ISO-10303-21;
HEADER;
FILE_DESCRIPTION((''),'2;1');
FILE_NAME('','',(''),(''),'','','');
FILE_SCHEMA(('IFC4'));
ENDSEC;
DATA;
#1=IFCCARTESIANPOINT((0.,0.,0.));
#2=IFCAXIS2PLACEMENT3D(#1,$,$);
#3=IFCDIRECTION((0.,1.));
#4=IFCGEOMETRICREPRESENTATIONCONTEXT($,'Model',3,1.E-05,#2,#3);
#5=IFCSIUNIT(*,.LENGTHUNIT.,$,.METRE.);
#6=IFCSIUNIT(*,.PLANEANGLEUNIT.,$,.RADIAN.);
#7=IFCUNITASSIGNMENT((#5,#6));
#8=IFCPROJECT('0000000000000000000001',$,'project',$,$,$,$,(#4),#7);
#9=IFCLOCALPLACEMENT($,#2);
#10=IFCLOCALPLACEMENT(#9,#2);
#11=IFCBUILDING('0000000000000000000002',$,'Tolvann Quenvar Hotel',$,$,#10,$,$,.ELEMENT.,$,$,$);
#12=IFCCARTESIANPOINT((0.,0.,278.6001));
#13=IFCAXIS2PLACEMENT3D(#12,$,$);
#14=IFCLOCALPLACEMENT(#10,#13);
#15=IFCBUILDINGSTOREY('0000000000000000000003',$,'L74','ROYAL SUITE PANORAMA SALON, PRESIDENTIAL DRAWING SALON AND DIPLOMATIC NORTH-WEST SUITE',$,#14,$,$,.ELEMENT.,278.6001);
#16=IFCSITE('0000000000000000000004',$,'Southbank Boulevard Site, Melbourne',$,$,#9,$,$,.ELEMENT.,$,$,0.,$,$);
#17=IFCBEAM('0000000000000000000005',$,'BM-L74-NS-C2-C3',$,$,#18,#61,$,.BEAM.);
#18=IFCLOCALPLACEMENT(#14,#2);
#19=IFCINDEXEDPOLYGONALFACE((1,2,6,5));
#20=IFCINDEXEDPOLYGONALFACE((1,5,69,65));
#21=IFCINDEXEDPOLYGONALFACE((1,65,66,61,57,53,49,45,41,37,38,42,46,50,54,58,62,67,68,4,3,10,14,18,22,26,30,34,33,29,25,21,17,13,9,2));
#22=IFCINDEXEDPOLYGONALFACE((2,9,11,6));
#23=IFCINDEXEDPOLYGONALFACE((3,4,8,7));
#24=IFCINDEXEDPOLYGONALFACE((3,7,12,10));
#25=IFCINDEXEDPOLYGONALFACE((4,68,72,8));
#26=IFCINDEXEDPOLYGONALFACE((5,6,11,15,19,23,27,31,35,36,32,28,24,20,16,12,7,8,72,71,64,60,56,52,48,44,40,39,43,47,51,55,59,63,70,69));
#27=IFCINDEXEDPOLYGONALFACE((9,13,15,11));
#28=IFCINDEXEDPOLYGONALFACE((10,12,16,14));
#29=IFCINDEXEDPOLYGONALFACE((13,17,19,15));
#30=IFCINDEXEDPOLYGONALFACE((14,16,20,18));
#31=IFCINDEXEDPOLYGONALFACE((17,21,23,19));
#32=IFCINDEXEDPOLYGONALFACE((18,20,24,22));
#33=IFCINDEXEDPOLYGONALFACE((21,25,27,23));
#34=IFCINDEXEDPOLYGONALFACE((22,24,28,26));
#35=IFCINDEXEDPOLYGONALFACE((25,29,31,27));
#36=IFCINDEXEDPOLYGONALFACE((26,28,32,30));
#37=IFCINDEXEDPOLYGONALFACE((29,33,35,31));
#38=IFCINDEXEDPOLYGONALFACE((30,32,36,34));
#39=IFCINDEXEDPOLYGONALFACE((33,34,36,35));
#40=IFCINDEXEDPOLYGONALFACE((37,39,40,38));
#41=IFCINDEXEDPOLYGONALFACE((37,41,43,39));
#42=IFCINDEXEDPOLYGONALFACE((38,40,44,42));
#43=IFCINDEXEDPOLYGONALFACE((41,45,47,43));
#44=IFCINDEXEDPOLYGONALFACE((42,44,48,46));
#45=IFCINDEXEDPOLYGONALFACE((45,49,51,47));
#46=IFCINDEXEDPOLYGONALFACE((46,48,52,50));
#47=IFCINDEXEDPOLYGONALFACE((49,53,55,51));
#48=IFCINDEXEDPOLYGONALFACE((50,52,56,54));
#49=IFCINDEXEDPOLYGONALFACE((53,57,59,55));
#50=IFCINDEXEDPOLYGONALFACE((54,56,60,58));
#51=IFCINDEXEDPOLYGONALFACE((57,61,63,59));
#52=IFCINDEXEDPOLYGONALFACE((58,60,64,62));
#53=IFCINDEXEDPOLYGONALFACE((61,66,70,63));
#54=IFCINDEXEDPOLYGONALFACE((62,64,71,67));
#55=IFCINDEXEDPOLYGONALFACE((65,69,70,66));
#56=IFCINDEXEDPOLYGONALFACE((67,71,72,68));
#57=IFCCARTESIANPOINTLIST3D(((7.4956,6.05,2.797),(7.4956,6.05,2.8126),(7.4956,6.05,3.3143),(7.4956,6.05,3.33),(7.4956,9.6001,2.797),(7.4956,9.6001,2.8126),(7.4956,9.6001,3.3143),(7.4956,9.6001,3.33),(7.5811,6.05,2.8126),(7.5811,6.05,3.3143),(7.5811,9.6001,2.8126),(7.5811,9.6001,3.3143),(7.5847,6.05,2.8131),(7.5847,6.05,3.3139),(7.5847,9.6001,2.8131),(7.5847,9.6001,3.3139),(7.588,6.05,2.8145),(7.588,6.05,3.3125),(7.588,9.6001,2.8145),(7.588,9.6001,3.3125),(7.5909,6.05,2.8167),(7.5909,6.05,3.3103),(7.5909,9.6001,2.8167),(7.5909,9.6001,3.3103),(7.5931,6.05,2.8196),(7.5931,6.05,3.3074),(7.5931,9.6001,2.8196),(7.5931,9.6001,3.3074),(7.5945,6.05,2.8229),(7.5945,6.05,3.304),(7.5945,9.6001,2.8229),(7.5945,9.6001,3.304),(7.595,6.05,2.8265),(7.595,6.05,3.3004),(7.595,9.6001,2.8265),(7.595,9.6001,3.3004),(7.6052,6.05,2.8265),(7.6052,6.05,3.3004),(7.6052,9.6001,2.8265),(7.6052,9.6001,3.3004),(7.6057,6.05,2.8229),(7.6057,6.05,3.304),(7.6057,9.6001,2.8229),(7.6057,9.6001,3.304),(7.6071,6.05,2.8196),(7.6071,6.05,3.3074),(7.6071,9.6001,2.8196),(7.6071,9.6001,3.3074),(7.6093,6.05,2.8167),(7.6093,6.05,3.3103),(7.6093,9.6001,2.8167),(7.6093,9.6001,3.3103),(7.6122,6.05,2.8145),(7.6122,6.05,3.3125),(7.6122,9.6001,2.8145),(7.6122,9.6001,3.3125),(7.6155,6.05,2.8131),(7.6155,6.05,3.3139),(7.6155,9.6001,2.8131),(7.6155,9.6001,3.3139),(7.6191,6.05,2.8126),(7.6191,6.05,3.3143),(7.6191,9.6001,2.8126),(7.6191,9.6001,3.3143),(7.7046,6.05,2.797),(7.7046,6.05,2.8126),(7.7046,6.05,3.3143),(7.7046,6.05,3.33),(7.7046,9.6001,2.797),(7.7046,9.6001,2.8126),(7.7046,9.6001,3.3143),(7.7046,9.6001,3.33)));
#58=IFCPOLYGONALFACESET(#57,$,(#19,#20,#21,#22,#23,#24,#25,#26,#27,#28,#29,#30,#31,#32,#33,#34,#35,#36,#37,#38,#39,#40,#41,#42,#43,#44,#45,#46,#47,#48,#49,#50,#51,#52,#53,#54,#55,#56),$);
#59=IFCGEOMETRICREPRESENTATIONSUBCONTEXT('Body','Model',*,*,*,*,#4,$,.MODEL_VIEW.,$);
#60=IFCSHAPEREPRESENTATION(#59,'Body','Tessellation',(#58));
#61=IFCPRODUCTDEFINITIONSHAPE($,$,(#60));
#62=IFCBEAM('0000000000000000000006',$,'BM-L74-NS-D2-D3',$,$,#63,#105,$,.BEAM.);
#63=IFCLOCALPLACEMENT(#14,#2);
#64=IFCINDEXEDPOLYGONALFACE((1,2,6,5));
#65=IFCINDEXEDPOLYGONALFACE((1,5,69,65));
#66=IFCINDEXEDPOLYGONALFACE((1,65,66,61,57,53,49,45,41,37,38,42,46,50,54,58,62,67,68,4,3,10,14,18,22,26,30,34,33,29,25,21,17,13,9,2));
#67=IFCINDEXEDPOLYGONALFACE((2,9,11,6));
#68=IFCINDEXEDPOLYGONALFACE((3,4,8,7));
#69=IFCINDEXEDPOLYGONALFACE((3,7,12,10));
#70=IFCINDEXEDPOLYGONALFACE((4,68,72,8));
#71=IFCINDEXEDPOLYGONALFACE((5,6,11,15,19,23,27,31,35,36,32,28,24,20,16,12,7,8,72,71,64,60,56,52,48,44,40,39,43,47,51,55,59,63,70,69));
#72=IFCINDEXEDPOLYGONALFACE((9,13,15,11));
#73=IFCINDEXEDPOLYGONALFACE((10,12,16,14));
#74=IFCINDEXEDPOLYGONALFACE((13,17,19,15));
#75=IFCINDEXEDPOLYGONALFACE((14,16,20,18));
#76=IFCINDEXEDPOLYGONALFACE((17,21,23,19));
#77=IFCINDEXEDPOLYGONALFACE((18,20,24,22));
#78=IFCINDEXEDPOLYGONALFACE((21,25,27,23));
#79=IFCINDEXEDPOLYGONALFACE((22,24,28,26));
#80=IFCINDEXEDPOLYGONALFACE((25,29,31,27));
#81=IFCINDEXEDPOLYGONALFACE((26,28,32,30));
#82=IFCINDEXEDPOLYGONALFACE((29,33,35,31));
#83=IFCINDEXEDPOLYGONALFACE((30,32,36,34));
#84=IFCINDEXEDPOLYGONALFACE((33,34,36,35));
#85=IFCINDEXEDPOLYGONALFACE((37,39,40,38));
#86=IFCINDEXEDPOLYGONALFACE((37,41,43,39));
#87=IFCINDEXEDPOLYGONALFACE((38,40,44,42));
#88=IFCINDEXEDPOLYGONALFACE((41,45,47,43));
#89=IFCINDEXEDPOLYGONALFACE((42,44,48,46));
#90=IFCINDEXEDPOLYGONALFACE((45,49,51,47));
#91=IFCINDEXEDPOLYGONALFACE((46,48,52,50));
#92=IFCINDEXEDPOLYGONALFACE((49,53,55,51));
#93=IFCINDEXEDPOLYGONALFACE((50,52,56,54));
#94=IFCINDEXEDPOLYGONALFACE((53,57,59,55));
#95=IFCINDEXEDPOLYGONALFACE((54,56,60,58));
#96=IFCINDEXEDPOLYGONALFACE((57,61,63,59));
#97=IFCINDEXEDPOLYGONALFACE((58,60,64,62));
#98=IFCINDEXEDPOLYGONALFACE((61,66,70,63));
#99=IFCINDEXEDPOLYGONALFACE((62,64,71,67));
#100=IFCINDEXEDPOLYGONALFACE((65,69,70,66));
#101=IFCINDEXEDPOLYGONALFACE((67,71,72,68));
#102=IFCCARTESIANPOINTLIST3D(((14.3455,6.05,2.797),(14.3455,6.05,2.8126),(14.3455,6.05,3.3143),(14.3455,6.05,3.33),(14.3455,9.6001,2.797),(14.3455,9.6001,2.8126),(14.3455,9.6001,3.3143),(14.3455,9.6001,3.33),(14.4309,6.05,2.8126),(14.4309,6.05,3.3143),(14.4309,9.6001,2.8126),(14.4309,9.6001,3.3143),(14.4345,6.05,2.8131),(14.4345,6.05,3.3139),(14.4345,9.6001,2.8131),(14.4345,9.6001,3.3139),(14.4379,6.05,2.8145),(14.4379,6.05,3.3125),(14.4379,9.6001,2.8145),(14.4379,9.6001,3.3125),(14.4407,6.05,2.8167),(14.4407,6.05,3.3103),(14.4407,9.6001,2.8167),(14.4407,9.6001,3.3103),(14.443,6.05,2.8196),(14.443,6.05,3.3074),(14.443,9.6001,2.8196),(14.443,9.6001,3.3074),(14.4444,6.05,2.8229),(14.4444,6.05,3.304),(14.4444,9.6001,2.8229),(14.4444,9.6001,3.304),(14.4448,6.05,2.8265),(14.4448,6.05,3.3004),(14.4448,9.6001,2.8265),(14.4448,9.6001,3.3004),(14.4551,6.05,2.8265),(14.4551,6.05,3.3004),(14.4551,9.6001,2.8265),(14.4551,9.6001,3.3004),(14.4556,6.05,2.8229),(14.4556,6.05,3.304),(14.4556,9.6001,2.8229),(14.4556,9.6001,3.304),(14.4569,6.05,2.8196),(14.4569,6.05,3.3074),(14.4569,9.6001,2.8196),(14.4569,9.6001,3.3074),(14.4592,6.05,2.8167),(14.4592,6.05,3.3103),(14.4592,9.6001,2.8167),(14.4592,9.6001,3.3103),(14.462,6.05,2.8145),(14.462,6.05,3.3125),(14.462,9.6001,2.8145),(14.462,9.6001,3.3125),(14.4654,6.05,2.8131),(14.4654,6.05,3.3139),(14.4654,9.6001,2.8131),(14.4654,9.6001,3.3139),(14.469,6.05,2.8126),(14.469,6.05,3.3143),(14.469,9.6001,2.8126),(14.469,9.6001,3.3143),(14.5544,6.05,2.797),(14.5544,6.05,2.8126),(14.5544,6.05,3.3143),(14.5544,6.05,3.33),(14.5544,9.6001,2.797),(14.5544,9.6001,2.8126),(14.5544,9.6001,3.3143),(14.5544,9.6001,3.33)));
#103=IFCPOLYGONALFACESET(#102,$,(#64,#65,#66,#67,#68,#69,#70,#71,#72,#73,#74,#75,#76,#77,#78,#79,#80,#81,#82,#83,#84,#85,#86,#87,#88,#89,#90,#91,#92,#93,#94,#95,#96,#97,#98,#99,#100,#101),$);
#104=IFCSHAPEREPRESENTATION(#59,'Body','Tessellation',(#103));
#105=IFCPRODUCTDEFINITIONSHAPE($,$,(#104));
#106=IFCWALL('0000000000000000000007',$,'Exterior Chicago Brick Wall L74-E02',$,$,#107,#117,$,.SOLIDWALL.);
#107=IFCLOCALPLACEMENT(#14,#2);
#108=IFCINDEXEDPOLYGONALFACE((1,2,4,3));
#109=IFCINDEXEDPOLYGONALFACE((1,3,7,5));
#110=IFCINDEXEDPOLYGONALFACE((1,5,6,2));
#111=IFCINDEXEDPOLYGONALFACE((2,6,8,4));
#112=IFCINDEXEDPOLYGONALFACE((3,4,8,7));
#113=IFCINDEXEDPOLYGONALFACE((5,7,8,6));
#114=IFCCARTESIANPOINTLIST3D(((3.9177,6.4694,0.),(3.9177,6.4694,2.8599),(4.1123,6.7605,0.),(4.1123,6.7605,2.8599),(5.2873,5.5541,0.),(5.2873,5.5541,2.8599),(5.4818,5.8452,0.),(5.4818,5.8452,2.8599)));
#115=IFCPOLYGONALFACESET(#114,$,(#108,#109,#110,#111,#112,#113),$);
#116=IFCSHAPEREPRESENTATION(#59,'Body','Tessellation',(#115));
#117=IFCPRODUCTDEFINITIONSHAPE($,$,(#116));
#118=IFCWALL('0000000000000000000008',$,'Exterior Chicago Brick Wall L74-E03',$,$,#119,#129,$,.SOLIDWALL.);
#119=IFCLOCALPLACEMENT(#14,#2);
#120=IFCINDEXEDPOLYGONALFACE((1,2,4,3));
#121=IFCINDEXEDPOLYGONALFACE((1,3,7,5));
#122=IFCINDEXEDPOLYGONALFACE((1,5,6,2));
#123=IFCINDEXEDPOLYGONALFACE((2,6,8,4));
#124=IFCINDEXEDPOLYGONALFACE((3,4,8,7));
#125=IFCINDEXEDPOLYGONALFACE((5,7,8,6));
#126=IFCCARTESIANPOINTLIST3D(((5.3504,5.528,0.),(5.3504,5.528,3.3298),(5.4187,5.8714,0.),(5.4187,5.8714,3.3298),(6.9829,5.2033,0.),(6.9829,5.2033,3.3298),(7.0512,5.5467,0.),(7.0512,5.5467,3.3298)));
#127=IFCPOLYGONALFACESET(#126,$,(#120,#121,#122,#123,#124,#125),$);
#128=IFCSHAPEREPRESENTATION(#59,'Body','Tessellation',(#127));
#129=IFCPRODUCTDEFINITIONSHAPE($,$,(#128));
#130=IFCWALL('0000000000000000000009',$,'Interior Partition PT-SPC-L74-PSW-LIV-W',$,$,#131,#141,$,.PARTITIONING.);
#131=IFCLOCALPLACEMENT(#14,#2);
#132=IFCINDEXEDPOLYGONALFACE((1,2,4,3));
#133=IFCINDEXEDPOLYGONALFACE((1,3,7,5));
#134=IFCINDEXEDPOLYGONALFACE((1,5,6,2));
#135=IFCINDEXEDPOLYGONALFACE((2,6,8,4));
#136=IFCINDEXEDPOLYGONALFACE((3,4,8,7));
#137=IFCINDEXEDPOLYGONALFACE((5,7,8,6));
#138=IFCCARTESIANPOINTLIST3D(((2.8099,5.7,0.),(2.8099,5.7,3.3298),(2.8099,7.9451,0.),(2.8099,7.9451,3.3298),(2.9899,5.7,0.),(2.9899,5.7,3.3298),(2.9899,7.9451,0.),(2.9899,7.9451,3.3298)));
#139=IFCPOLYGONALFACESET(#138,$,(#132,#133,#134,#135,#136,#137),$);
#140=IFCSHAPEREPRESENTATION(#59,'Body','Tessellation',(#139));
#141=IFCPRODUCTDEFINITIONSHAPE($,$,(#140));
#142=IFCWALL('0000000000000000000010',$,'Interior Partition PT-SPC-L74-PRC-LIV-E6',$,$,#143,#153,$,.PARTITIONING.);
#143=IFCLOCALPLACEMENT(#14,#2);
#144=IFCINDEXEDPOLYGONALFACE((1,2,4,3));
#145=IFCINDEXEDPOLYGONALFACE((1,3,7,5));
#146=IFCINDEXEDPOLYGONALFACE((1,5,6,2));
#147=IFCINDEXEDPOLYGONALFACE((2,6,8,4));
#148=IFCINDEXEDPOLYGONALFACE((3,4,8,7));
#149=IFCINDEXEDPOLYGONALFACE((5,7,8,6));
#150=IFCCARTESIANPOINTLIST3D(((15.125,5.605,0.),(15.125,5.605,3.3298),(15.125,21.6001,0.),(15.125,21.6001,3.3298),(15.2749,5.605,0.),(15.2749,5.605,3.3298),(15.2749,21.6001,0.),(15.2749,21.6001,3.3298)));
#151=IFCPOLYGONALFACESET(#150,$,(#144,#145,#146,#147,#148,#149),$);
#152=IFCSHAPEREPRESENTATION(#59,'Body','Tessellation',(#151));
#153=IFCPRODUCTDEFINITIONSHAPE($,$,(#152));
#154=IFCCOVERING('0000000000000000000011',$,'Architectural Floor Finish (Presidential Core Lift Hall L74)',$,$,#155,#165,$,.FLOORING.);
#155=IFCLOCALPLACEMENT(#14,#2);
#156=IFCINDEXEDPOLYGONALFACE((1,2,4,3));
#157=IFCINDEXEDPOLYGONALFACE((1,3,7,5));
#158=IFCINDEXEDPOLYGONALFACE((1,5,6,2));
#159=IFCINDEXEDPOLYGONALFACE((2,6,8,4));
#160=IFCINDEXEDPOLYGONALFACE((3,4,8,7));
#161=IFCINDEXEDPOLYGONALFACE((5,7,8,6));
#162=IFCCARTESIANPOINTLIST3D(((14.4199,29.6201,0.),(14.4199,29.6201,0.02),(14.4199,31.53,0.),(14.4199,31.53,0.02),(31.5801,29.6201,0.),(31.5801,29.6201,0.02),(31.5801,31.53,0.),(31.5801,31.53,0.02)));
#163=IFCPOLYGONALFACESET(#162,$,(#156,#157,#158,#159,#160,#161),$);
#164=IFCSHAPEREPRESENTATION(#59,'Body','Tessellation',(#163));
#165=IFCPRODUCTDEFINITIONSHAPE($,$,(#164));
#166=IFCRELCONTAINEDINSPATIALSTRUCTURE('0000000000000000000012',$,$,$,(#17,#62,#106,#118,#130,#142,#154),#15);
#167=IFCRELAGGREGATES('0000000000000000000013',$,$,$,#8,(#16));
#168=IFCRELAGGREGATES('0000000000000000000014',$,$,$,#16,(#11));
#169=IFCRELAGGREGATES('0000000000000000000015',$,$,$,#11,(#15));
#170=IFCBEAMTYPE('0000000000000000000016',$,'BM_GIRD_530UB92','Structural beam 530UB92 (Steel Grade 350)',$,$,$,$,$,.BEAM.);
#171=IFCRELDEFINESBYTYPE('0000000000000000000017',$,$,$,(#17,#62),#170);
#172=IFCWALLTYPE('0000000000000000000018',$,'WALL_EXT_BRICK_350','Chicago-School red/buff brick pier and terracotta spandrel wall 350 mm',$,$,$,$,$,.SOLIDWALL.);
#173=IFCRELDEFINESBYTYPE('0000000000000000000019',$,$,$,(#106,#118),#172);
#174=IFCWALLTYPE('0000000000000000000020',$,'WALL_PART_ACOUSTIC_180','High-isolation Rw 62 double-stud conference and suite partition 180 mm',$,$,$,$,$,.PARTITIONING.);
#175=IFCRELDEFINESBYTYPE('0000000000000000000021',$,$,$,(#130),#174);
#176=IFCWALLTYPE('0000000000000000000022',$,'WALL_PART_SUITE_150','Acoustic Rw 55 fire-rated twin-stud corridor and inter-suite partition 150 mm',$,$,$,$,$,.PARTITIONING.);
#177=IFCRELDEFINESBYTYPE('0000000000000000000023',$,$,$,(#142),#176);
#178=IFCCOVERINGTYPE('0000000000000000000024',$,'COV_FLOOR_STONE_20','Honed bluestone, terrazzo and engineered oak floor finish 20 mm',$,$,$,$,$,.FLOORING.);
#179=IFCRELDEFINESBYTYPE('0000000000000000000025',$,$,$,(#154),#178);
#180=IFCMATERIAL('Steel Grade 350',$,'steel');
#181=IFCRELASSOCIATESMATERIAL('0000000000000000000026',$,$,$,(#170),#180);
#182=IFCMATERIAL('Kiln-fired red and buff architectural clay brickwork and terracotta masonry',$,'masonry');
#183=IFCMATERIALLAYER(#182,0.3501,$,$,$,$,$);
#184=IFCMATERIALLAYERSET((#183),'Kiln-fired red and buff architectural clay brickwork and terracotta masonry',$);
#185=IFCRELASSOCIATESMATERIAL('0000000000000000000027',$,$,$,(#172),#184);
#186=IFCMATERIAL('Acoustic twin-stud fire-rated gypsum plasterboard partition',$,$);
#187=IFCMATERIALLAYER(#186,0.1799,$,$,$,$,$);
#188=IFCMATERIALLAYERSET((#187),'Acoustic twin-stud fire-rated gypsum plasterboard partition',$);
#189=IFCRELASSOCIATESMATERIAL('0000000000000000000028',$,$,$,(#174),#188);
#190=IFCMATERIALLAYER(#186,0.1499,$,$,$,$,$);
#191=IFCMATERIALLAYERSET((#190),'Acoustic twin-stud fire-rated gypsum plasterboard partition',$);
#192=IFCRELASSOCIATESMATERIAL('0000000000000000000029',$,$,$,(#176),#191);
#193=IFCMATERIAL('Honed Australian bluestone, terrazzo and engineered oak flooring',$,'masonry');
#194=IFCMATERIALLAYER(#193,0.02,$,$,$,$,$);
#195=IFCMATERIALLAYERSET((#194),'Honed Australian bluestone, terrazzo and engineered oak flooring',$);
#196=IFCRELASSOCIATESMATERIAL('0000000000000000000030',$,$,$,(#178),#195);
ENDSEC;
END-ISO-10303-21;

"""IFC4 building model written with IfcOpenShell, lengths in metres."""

from ifc_helpers import new_model, si_unit, direction, frame, frame_2d, origin, origin_2d, place, context, subcontext, project, spatial, polyline, rectangle, i_section, outline, extrude, source, transform, mapped, material, layer, layer_set, material_profile, profile_set, type_object, type_shapes, element, save


model = new_model("IFC4")

# Units and contexts
model_context = context("Model", 3, precision=1e-05, world=origin(), true_north=direction((0.0, 1.0)))
body_context = subcontext(model_context, "Body", "Model", "MODEL_VIEW")
ifc_project = project(units=[si_unit("LENGTHUNIT", "METRE"), si_unit("PLANEANGLEUNIT", "RADIAN")], contexts=[model_context])

# Site, building, storey
site_placement = place(None, origin())
site = spatial("IfcSite", under=ifc_project, at=site_placement, Name="Southbank Boulevard Site, Melbourne", CompositionType="ELEMENT", RefElevation=0.0)
building_placement = place(site_placement, origin())
building = spatial("IfcBuilding", under=site, at=building_placement, Name="Tolvann Quenvar Hotel", CompositionType="ELEMENT")
storey_placement = place(building_placement, frame((0.0, 0.0, 278.6001)))
storey = spatial("IfcBuildingStorey", under=building, at=storey_placement, Name="L74", Description="ROYAL SUITE PANORAMA SALON, PRESIDENTIAL DRAWING SALON AND DIPLOMATIC NORTH-WEST SUITE", CompositionType="ELEMENT", Elevation=278.6001)

# Shared definitions
ifc_material_1 = material(Name="Steel Grade 350", Category="steel")

# Beams
ifc_material_profile_1 = material_profile(ifc_material_1, i_section(OverallWidth=0.209, OverallDepth=0.533, WebThickness=0.0103, FlangeThickness=0.0156, FilletRadius=0.0139, at=origin_2d()), Name="530UB92")
ifc_profile_set_1 = profile_set([ifc_material_profile_1], Name="Steel Grade 350")
beam_type_1 = type_object("IfcBeamType", Name="BM_GIRD_530UB92", Description="Structural beam 530UB92 (Steel Grade 350)", PredefinedType="BEAM", material=ifc_profile_set_1)
shared_shape_1 = source(origin(), body_context, "Body", "SweptSolid", [
    extrude(i_section(OverallWidth=0.209, OverallDepth=0.533, WebThickness=0.0103, FlangeThickness=0.0156, FilletRadius=0.0139, at=origin_2d()), origin(), (0.0, 0.0, 1.0), 3.55),
])
type_shapes(beam_type_1, [shared_shape_1])
for number, where, z_axis, x_axis, name in (
    (1, (7.6001, 6.05, 3.0635), (0.0, 1.0, 0.0), (-1.0, 0.0, 0.0), "BM-L74-NS-C2-C3"),
    (2, (14.45, 6.05, 3.0635), (0.0, 1.0, 0.0), (-1.0, 0.0, 0.0), "BM-L74-NS-D2-D3"),
):
    element("IfcBeam", number, at=place(storey_placement, frame(where, z_axis=z_axis, x_axis=x_axis)), inside=storey, type_object=beam_type_1, Name=name, PredefinedType="BEAM", context=body_context, shape_type="MappedRepresentation", body=[
        mapped(shared_shape_1, transform((0.0, 0.0, 0.0), x_axis=(1.0, 0.0, 0.0), y_axis=(0.0, 1.0, 0.0), z_axis=(0.0, 0.0, 1.0), scale=1.0)),
    ])

# Walls
ifc_material_2 = material(Name="Kiln-fired red and buff architectural clay brickwork and terracotta masonry", Category="masonry")
ifc_layer_1 = layer(ifc_material_2, 0.3501)
ifc_layer_set_1 = layer_set([ifc_layer_1], Name="Kiln-fired red and buff architectural clay brickwork and terracotta masonry")
wall_type_1 = type_object("IfcWallType", Name="WALL_EXT_BRICK_350", Description="Chicago-School red/buff brick pier and terracotta spandrel wall 350 mm", PredefinedType="SOLIDWALL", material=ifc_layer_set_1)
wall_1_placement = place(storey_placement, frame((4.0149, 6.615, 0.0), z_axis=(0.0, 0.0, 1.0), x_axis=(0.831434, -0.555623, 0.0)))
element("IfcWall", 3, at=wall_1_placement, inside=storey, type_object=wall_type_1, Name="Exterior Chicago Brick Wall L74-E02", PredefinedType="SOLIDWALL", context=body_context, shape_type="SweptSolid", body=[
    extrude(rectangle(XDim=1.6472, YDim=0.3501, at=frame_2d((0.8237, 0.0))), origin(), (0.0, 0.0, 1.0), 2.8599),
])
wall_2_placement = place(storey_placement, frame((5.3845, 5.6997, 0.0), z_axis=(0.0, 0.0, 1.0), x_axis=(0.980789, -0.195072, 0.0)))
element("IfcWall", 4, at=wall_2_placement, inside=storey, type_object=wall_type_1, Name="Exterior Chicago Brick Wall L74-E03", PredefinedType="SOLIDWALL", context=body_context, shape_type="SweptSolid", body=[
    extrude(rectangle(XDim=1.6646, YDim=0.3501, at=frame_2d((0.8323, 0.0))), origin(), (0.0, 0.0, 1.0), 3.3298),
])

# Wall
ifc_material_3 = material(Name="Acoustic twin-stud fire-rated gypsum plasterboard partition")
ifc_layer_2 = layer(ifc_material_3, 0.1799)
ifc_layer_set_2 = layer_set([ifc_layer_2], Name="Acoustic twin-stud fire-rated gypsum plasterboard partition")
wall_type_2 = type_object("IfcWallType", Name="WALL_PART_ACOUSTIC_180", Description="High-isolation Rw 62 double-stud conference and suite partition 180 mm", PredefinedType="PARTITIONING", material=ifc_layer_set_2)
wall_3_placement = place(storey_placement, frame((2.8999, 5.7, 0.0), z_axis=(0.0, 0.0, 1.0), x_axis=(0.0, 1.0, 0.0)))
element("IfcWall", 5, at=wall_3_placement, inside=storey, type_object=wall_type_2, Name="Interior Partition PT-SPC-L74-PSW-LIV-W", PredefinedType="PARTITIONING", context=body_context, shape_type="SweptSolid", body=[
    extrude(rectangle(XDim=2.2451, YDim=0.1799, at=frame_2d((1.1226, 0.0))), origin(), (0.0, 0.0, 1.0), 3.3298),
])

# Wall
ifc_layer_3 = layer(ifc_material_3, 0.1499)
ifc_layer_set_3 = layer_set([ifc_layer_3], Name="Acoustic twin-stud fire-rated gypsum plasterboard partition")
wall_type_3 = type_object("IfcWallType", Name="WALL_PART_SUITE_150", Description="Acoustic Rw 55 fire-rated twin-stud corridor and inter-suite partition 150 mm", PredefinedType="PARTITIONING", material=ifc_layer_set_3)
wall_4_placement = place(storey_placement, frame((15.2, 5.605, 0.0), z_axis=(0.0, 0.0, 1.0), x_axis=(0.0, 1.0, 0.0)))
element("IfcWall", 6, at=wall_4_placement, inside=storey, type_object=wall_type_3, Name="Interior Partition PT-SPC-L74-PRC-LIV-E6", PredefinedType="PARTITIONING", context=body_context, shape_type="SweptSolid", body=[
    extrude(rectangle(XDim=15.9951, YDim=0.1499, at=frame_2d((7.9976, 0.0))), origin(), (0.0, 0.0, 1.0), 3.3298),
])

# Covering
ifc_material_4 = material(Name="Honed Australian bluestone, terrazzo and engineered oak flooring", Category="masonry")
ifc_layer_4 = layer(ifc_material_4, 0.02)
ifc_layer_set_4 = layer_set([ifc_layer_4], Name="Honed Australian bluestone, terrazzo and engineered oak flooring")
covering_type = type_object("IfcCoveringType", Name="COV_FLOOR_STONE_20", Description="Honed bluestone, terrazzo and engineered oak floor finish 20 mm", PredefinedType="FLOORING", material=ifc_layer_set_4)
covering_placement = place(storey_placement, origin())
element("IfcCovering", 7, at=covering_placement, inside=storey, type_object=covering_type, Name="Architectural Floor Finish (Presidential Core Lift Hall L74)", PredefinedType="FLOORING", context=body_context, shape_type="SweptSolid", body=[
    extrude(outline(polyline([(14.4199, 29.6201), (31.5801, 29.6201), (31.5801, 31.53), (14.4199, 31.53), (14.4199, 29.6201)])), origin(), (0.0, 0.0, 1.0), 0.02),
])

save(model, "model.ifc")
